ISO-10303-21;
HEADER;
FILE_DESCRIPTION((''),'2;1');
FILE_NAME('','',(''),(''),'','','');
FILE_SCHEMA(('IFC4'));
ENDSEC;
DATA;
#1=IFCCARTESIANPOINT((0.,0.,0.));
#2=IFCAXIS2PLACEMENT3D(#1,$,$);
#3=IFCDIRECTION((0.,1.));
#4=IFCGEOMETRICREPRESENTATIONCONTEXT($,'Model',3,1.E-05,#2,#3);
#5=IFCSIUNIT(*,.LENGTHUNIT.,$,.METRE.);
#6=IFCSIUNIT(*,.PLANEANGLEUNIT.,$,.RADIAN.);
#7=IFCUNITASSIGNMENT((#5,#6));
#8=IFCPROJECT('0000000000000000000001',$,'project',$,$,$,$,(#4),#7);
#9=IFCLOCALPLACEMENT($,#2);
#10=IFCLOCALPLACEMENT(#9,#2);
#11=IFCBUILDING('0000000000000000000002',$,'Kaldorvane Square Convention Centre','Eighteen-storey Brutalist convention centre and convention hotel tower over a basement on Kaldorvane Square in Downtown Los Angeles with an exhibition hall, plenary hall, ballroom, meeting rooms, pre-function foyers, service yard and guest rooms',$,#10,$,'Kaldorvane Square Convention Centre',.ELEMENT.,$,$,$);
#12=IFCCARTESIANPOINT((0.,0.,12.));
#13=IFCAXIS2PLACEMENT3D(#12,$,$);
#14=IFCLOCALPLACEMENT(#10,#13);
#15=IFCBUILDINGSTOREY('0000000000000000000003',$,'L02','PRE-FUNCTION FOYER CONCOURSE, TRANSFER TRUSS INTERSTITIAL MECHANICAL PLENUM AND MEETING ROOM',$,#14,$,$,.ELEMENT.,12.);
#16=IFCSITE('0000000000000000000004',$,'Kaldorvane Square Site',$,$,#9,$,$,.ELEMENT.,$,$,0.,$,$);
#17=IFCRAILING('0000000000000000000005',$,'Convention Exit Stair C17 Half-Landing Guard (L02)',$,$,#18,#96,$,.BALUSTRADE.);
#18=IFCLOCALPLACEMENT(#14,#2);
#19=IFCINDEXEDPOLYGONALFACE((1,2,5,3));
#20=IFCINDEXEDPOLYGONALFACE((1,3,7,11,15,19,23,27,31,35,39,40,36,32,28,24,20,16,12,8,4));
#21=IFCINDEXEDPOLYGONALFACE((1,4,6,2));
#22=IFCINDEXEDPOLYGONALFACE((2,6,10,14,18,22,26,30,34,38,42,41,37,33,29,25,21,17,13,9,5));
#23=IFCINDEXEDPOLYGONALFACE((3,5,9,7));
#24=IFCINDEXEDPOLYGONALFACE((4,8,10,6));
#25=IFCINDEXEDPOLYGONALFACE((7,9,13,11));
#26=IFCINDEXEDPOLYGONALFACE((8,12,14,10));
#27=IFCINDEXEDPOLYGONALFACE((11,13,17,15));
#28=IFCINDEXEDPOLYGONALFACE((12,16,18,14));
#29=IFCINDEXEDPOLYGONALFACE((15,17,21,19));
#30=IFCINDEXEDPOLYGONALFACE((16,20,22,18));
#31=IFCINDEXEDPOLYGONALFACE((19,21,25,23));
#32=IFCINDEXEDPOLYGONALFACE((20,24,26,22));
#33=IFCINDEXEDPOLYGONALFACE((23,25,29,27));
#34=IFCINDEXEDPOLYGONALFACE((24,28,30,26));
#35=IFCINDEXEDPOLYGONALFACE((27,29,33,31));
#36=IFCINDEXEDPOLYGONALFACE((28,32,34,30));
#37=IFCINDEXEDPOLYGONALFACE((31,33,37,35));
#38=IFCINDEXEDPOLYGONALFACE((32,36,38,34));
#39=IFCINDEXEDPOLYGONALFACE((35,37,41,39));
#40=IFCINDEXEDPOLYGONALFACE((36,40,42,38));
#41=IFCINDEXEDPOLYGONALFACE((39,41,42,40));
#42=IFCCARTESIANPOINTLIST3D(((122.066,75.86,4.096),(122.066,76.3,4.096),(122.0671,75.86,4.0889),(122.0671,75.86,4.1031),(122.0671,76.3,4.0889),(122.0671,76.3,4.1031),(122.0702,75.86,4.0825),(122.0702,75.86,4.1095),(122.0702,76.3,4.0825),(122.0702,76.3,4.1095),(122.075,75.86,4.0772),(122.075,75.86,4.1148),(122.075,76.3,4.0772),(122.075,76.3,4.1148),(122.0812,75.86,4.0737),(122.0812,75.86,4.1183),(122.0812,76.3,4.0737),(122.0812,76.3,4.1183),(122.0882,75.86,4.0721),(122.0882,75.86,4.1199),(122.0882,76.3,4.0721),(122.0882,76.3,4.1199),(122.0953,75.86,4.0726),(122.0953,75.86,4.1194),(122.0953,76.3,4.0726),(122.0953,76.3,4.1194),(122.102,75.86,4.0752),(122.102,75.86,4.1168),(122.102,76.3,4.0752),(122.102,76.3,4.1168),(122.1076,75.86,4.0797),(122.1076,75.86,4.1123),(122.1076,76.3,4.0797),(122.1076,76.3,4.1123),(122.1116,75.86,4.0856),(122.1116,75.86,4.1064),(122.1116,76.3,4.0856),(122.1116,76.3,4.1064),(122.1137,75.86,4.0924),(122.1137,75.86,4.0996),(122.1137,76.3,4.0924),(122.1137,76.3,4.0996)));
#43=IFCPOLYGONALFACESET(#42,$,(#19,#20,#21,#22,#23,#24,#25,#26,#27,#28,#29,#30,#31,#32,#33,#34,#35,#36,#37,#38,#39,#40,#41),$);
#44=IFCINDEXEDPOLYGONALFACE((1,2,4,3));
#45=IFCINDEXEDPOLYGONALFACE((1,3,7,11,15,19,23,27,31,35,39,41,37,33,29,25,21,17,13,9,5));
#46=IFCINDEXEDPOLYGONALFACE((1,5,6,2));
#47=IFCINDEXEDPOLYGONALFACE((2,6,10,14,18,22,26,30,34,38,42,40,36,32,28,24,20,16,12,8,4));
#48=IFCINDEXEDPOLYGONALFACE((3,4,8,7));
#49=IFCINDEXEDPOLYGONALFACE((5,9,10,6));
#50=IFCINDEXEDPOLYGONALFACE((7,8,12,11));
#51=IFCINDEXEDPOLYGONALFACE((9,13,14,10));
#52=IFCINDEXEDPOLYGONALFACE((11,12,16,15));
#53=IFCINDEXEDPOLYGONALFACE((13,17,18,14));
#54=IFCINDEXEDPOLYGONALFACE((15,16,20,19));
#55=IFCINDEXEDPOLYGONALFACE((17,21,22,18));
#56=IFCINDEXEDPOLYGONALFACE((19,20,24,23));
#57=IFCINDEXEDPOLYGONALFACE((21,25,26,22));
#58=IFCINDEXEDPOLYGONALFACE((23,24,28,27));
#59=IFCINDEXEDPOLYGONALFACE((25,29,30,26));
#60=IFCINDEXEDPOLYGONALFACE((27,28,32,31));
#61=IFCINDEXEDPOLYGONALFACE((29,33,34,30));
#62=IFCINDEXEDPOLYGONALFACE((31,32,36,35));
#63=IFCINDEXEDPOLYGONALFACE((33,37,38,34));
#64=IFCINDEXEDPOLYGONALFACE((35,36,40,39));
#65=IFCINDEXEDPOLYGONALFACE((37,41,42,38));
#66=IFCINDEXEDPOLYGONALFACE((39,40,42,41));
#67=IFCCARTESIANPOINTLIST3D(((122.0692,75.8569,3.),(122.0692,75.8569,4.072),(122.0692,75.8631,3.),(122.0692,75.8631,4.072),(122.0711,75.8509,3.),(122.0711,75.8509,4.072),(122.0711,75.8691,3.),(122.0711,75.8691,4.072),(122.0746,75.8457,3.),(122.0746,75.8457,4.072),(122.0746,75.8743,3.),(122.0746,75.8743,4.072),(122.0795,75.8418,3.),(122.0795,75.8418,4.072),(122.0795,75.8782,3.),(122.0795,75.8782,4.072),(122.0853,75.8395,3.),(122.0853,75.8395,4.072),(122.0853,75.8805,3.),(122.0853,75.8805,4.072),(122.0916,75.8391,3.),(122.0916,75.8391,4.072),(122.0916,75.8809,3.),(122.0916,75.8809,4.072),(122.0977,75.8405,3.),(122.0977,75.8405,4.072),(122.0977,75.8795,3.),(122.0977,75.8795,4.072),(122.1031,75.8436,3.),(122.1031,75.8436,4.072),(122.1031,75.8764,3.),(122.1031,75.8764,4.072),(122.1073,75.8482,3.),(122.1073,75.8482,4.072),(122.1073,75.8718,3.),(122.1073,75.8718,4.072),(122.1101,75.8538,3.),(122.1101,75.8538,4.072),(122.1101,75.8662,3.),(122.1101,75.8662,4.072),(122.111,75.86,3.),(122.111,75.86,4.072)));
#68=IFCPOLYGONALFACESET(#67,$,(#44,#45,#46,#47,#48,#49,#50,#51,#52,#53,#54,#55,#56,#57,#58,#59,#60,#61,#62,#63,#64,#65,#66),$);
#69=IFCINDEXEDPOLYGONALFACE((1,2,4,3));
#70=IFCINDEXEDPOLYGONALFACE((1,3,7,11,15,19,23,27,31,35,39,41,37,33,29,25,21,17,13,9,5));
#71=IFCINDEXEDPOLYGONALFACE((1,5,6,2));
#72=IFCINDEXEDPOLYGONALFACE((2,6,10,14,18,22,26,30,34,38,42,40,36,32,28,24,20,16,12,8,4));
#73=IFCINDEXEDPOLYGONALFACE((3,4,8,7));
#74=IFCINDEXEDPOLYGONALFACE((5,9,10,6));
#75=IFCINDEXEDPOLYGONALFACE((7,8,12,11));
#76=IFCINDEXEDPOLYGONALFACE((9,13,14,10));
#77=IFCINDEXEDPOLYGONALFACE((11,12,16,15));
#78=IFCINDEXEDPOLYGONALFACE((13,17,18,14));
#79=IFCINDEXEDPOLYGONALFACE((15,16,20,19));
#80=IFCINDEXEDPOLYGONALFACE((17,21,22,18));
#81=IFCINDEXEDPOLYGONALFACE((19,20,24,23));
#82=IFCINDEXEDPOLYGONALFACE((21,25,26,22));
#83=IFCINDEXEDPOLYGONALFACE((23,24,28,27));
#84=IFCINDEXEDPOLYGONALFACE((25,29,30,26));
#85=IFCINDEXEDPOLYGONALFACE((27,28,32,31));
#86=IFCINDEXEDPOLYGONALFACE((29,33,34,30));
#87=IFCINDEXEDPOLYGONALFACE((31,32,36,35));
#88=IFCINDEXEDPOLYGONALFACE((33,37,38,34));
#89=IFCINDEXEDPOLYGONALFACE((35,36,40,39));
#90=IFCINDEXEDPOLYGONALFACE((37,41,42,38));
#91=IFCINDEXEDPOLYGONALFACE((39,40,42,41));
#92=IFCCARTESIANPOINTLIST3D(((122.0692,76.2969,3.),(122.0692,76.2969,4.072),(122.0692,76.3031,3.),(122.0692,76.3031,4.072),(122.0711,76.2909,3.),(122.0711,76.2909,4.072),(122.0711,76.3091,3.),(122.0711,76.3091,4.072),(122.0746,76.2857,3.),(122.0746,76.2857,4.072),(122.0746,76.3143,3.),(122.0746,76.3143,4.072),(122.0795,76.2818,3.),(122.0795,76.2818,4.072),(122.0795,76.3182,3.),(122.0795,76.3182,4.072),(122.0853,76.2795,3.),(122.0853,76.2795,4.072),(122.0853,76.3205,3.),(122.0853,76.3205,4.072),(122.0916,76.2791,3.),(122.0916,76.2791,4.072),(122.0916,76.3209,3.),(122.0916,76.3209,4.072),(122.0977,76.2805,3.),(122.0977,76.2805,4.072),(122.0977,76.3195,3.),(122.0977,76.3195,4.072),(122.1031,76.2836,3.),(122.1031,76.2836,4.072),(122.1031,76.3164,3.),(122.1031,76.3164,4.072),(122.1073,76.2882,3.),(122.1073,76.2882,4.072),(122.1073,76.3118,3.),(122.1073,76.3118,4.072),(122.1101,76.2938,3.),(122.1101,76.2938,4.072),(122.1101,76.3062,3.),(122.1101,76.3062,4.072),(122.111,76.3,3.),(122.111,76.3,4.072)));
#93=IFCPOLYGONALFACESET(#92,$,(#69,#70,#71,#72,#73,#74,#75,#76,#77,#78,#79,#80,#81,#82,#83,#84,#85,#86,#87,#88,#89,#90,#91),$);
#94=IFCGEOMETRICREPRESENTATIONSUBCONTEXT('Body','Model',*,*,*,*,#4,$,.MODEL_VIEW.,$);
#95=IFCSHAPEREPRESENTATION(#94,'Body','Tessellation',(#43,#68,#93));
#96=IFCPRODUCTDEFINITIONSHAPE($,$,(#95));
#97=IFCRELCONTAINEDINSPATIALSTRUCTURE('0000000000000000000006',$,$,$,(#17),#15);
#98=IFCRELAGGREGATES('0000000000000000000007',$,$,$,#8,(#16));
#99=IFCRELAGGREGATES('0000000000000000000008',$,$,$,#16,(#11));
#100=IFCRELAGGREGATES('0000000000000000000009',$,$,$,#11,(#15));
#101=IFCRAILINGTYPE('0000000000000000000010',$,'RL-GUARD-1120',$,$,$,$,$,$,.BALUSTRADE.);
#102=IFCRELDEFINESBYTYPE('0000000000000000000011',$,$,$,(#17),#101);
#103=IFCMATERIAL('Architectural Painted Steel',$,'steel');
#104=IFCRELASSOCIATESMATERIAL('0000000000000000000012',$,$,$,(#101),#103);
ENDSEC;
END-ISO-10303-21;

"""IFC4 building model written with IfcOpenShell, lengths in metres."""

from ifc_helpers import new_model, si_unit, direction, frame, origin, origin_2d, place, context, subcontext, project, spatial, circle, extrude, material, type_object, element, save


model = new_model("IFC4")

# Units and contexts
model_context = context("Model", 3, precision=1e-05, world=origin(), true_north=direction((0.0, 1.0)))
body_context = subcontext(model_context, "Body", "Model", "MODEL_VIEW")
ifc_project = project(units=[si_unit("LENGTHUNIT", "METRE"), si_unit("PLANEANGLEUNIT", "RADIAN")], contexts=[model_context])

# Site, building, storey
site_placement = place(None, origin())
site = spatial("IfcSite", under=ifc_project, at=site_placement, Name="Kaldorvane Square Site", CompositionType="ELEMENT", RefElevation=0.0)
building_placement = place(site_placement, origin())
building = spatial("IfcBuilding", under=site, at=building_placement, Name="Kaldorvane Square Convention Centre", Description="Eighteen-storey Brutalist convention centre and convention hotel tower over a basement on Kaldorvane Square in Downtown Los Angeles with an exhibition hall, plenary hall, ballroom, meeting rooms, pre-function foyers, service yard and guest rooms", LongName="Kaldorvane Square Convention Centre", CompositionType="ELEMENT")
storey_placement = place(building_placement, frame((0.0, 0.0, 12.0)))
storey = spatial("IfcBuildingStorey", under=building, at=storey_placement, Name="L02", Description="PRE-FUNCTION FOYER CONCOURSE, TRANSFER TRUSS INTERSTITIAL MECHANICAL PLENUM AND MEETING ROOM", CompositionType="ELEMENT", Elevation=12.0)

# Railing
ifc_material_1 = material(Name="Architectural Painted Steel", Category="steel")
railing_type_1 = type_object("IfcRailingType", Name="RL-GUARD-1120", PredefinedType="BALUSTRADE", material=ifc_material_1)
for number, where, name in (
    (1, (122.09, 75.86, 3.0), "Convention Exit Stair C17 Half-Landing Guard (L02)"),
):
    element("IfcRailing", number, at=place(storey_placement, frame(where)), inside=storey, type_object=railing_type_1, Name=name, PredefinedType="BALUSTRADE", context=body_context, shape_type="SweptSolid", body=[
        extrude(circle(Radius=0.024, at=origin_2d()), frame((0.0, 0.0, 1.096), z_axis=(0.0, 1.0, 0.0), x_axis=(-1.0, 0.0, 0.0)), (0.0, 0.0, 1.0), 0.44),
        extrude(circle(Radius=0.021, at=origin_2d()), origin(), (0.0, 0.0, 1.0), 1.072),
        extrude(circle(Radius=0.021, at=origin_2d()), frame((0.0, 0.44, 0.0)), (0.0, 0.0, 1.0), 1.072),
    ])

save(model, "model.ifc")
